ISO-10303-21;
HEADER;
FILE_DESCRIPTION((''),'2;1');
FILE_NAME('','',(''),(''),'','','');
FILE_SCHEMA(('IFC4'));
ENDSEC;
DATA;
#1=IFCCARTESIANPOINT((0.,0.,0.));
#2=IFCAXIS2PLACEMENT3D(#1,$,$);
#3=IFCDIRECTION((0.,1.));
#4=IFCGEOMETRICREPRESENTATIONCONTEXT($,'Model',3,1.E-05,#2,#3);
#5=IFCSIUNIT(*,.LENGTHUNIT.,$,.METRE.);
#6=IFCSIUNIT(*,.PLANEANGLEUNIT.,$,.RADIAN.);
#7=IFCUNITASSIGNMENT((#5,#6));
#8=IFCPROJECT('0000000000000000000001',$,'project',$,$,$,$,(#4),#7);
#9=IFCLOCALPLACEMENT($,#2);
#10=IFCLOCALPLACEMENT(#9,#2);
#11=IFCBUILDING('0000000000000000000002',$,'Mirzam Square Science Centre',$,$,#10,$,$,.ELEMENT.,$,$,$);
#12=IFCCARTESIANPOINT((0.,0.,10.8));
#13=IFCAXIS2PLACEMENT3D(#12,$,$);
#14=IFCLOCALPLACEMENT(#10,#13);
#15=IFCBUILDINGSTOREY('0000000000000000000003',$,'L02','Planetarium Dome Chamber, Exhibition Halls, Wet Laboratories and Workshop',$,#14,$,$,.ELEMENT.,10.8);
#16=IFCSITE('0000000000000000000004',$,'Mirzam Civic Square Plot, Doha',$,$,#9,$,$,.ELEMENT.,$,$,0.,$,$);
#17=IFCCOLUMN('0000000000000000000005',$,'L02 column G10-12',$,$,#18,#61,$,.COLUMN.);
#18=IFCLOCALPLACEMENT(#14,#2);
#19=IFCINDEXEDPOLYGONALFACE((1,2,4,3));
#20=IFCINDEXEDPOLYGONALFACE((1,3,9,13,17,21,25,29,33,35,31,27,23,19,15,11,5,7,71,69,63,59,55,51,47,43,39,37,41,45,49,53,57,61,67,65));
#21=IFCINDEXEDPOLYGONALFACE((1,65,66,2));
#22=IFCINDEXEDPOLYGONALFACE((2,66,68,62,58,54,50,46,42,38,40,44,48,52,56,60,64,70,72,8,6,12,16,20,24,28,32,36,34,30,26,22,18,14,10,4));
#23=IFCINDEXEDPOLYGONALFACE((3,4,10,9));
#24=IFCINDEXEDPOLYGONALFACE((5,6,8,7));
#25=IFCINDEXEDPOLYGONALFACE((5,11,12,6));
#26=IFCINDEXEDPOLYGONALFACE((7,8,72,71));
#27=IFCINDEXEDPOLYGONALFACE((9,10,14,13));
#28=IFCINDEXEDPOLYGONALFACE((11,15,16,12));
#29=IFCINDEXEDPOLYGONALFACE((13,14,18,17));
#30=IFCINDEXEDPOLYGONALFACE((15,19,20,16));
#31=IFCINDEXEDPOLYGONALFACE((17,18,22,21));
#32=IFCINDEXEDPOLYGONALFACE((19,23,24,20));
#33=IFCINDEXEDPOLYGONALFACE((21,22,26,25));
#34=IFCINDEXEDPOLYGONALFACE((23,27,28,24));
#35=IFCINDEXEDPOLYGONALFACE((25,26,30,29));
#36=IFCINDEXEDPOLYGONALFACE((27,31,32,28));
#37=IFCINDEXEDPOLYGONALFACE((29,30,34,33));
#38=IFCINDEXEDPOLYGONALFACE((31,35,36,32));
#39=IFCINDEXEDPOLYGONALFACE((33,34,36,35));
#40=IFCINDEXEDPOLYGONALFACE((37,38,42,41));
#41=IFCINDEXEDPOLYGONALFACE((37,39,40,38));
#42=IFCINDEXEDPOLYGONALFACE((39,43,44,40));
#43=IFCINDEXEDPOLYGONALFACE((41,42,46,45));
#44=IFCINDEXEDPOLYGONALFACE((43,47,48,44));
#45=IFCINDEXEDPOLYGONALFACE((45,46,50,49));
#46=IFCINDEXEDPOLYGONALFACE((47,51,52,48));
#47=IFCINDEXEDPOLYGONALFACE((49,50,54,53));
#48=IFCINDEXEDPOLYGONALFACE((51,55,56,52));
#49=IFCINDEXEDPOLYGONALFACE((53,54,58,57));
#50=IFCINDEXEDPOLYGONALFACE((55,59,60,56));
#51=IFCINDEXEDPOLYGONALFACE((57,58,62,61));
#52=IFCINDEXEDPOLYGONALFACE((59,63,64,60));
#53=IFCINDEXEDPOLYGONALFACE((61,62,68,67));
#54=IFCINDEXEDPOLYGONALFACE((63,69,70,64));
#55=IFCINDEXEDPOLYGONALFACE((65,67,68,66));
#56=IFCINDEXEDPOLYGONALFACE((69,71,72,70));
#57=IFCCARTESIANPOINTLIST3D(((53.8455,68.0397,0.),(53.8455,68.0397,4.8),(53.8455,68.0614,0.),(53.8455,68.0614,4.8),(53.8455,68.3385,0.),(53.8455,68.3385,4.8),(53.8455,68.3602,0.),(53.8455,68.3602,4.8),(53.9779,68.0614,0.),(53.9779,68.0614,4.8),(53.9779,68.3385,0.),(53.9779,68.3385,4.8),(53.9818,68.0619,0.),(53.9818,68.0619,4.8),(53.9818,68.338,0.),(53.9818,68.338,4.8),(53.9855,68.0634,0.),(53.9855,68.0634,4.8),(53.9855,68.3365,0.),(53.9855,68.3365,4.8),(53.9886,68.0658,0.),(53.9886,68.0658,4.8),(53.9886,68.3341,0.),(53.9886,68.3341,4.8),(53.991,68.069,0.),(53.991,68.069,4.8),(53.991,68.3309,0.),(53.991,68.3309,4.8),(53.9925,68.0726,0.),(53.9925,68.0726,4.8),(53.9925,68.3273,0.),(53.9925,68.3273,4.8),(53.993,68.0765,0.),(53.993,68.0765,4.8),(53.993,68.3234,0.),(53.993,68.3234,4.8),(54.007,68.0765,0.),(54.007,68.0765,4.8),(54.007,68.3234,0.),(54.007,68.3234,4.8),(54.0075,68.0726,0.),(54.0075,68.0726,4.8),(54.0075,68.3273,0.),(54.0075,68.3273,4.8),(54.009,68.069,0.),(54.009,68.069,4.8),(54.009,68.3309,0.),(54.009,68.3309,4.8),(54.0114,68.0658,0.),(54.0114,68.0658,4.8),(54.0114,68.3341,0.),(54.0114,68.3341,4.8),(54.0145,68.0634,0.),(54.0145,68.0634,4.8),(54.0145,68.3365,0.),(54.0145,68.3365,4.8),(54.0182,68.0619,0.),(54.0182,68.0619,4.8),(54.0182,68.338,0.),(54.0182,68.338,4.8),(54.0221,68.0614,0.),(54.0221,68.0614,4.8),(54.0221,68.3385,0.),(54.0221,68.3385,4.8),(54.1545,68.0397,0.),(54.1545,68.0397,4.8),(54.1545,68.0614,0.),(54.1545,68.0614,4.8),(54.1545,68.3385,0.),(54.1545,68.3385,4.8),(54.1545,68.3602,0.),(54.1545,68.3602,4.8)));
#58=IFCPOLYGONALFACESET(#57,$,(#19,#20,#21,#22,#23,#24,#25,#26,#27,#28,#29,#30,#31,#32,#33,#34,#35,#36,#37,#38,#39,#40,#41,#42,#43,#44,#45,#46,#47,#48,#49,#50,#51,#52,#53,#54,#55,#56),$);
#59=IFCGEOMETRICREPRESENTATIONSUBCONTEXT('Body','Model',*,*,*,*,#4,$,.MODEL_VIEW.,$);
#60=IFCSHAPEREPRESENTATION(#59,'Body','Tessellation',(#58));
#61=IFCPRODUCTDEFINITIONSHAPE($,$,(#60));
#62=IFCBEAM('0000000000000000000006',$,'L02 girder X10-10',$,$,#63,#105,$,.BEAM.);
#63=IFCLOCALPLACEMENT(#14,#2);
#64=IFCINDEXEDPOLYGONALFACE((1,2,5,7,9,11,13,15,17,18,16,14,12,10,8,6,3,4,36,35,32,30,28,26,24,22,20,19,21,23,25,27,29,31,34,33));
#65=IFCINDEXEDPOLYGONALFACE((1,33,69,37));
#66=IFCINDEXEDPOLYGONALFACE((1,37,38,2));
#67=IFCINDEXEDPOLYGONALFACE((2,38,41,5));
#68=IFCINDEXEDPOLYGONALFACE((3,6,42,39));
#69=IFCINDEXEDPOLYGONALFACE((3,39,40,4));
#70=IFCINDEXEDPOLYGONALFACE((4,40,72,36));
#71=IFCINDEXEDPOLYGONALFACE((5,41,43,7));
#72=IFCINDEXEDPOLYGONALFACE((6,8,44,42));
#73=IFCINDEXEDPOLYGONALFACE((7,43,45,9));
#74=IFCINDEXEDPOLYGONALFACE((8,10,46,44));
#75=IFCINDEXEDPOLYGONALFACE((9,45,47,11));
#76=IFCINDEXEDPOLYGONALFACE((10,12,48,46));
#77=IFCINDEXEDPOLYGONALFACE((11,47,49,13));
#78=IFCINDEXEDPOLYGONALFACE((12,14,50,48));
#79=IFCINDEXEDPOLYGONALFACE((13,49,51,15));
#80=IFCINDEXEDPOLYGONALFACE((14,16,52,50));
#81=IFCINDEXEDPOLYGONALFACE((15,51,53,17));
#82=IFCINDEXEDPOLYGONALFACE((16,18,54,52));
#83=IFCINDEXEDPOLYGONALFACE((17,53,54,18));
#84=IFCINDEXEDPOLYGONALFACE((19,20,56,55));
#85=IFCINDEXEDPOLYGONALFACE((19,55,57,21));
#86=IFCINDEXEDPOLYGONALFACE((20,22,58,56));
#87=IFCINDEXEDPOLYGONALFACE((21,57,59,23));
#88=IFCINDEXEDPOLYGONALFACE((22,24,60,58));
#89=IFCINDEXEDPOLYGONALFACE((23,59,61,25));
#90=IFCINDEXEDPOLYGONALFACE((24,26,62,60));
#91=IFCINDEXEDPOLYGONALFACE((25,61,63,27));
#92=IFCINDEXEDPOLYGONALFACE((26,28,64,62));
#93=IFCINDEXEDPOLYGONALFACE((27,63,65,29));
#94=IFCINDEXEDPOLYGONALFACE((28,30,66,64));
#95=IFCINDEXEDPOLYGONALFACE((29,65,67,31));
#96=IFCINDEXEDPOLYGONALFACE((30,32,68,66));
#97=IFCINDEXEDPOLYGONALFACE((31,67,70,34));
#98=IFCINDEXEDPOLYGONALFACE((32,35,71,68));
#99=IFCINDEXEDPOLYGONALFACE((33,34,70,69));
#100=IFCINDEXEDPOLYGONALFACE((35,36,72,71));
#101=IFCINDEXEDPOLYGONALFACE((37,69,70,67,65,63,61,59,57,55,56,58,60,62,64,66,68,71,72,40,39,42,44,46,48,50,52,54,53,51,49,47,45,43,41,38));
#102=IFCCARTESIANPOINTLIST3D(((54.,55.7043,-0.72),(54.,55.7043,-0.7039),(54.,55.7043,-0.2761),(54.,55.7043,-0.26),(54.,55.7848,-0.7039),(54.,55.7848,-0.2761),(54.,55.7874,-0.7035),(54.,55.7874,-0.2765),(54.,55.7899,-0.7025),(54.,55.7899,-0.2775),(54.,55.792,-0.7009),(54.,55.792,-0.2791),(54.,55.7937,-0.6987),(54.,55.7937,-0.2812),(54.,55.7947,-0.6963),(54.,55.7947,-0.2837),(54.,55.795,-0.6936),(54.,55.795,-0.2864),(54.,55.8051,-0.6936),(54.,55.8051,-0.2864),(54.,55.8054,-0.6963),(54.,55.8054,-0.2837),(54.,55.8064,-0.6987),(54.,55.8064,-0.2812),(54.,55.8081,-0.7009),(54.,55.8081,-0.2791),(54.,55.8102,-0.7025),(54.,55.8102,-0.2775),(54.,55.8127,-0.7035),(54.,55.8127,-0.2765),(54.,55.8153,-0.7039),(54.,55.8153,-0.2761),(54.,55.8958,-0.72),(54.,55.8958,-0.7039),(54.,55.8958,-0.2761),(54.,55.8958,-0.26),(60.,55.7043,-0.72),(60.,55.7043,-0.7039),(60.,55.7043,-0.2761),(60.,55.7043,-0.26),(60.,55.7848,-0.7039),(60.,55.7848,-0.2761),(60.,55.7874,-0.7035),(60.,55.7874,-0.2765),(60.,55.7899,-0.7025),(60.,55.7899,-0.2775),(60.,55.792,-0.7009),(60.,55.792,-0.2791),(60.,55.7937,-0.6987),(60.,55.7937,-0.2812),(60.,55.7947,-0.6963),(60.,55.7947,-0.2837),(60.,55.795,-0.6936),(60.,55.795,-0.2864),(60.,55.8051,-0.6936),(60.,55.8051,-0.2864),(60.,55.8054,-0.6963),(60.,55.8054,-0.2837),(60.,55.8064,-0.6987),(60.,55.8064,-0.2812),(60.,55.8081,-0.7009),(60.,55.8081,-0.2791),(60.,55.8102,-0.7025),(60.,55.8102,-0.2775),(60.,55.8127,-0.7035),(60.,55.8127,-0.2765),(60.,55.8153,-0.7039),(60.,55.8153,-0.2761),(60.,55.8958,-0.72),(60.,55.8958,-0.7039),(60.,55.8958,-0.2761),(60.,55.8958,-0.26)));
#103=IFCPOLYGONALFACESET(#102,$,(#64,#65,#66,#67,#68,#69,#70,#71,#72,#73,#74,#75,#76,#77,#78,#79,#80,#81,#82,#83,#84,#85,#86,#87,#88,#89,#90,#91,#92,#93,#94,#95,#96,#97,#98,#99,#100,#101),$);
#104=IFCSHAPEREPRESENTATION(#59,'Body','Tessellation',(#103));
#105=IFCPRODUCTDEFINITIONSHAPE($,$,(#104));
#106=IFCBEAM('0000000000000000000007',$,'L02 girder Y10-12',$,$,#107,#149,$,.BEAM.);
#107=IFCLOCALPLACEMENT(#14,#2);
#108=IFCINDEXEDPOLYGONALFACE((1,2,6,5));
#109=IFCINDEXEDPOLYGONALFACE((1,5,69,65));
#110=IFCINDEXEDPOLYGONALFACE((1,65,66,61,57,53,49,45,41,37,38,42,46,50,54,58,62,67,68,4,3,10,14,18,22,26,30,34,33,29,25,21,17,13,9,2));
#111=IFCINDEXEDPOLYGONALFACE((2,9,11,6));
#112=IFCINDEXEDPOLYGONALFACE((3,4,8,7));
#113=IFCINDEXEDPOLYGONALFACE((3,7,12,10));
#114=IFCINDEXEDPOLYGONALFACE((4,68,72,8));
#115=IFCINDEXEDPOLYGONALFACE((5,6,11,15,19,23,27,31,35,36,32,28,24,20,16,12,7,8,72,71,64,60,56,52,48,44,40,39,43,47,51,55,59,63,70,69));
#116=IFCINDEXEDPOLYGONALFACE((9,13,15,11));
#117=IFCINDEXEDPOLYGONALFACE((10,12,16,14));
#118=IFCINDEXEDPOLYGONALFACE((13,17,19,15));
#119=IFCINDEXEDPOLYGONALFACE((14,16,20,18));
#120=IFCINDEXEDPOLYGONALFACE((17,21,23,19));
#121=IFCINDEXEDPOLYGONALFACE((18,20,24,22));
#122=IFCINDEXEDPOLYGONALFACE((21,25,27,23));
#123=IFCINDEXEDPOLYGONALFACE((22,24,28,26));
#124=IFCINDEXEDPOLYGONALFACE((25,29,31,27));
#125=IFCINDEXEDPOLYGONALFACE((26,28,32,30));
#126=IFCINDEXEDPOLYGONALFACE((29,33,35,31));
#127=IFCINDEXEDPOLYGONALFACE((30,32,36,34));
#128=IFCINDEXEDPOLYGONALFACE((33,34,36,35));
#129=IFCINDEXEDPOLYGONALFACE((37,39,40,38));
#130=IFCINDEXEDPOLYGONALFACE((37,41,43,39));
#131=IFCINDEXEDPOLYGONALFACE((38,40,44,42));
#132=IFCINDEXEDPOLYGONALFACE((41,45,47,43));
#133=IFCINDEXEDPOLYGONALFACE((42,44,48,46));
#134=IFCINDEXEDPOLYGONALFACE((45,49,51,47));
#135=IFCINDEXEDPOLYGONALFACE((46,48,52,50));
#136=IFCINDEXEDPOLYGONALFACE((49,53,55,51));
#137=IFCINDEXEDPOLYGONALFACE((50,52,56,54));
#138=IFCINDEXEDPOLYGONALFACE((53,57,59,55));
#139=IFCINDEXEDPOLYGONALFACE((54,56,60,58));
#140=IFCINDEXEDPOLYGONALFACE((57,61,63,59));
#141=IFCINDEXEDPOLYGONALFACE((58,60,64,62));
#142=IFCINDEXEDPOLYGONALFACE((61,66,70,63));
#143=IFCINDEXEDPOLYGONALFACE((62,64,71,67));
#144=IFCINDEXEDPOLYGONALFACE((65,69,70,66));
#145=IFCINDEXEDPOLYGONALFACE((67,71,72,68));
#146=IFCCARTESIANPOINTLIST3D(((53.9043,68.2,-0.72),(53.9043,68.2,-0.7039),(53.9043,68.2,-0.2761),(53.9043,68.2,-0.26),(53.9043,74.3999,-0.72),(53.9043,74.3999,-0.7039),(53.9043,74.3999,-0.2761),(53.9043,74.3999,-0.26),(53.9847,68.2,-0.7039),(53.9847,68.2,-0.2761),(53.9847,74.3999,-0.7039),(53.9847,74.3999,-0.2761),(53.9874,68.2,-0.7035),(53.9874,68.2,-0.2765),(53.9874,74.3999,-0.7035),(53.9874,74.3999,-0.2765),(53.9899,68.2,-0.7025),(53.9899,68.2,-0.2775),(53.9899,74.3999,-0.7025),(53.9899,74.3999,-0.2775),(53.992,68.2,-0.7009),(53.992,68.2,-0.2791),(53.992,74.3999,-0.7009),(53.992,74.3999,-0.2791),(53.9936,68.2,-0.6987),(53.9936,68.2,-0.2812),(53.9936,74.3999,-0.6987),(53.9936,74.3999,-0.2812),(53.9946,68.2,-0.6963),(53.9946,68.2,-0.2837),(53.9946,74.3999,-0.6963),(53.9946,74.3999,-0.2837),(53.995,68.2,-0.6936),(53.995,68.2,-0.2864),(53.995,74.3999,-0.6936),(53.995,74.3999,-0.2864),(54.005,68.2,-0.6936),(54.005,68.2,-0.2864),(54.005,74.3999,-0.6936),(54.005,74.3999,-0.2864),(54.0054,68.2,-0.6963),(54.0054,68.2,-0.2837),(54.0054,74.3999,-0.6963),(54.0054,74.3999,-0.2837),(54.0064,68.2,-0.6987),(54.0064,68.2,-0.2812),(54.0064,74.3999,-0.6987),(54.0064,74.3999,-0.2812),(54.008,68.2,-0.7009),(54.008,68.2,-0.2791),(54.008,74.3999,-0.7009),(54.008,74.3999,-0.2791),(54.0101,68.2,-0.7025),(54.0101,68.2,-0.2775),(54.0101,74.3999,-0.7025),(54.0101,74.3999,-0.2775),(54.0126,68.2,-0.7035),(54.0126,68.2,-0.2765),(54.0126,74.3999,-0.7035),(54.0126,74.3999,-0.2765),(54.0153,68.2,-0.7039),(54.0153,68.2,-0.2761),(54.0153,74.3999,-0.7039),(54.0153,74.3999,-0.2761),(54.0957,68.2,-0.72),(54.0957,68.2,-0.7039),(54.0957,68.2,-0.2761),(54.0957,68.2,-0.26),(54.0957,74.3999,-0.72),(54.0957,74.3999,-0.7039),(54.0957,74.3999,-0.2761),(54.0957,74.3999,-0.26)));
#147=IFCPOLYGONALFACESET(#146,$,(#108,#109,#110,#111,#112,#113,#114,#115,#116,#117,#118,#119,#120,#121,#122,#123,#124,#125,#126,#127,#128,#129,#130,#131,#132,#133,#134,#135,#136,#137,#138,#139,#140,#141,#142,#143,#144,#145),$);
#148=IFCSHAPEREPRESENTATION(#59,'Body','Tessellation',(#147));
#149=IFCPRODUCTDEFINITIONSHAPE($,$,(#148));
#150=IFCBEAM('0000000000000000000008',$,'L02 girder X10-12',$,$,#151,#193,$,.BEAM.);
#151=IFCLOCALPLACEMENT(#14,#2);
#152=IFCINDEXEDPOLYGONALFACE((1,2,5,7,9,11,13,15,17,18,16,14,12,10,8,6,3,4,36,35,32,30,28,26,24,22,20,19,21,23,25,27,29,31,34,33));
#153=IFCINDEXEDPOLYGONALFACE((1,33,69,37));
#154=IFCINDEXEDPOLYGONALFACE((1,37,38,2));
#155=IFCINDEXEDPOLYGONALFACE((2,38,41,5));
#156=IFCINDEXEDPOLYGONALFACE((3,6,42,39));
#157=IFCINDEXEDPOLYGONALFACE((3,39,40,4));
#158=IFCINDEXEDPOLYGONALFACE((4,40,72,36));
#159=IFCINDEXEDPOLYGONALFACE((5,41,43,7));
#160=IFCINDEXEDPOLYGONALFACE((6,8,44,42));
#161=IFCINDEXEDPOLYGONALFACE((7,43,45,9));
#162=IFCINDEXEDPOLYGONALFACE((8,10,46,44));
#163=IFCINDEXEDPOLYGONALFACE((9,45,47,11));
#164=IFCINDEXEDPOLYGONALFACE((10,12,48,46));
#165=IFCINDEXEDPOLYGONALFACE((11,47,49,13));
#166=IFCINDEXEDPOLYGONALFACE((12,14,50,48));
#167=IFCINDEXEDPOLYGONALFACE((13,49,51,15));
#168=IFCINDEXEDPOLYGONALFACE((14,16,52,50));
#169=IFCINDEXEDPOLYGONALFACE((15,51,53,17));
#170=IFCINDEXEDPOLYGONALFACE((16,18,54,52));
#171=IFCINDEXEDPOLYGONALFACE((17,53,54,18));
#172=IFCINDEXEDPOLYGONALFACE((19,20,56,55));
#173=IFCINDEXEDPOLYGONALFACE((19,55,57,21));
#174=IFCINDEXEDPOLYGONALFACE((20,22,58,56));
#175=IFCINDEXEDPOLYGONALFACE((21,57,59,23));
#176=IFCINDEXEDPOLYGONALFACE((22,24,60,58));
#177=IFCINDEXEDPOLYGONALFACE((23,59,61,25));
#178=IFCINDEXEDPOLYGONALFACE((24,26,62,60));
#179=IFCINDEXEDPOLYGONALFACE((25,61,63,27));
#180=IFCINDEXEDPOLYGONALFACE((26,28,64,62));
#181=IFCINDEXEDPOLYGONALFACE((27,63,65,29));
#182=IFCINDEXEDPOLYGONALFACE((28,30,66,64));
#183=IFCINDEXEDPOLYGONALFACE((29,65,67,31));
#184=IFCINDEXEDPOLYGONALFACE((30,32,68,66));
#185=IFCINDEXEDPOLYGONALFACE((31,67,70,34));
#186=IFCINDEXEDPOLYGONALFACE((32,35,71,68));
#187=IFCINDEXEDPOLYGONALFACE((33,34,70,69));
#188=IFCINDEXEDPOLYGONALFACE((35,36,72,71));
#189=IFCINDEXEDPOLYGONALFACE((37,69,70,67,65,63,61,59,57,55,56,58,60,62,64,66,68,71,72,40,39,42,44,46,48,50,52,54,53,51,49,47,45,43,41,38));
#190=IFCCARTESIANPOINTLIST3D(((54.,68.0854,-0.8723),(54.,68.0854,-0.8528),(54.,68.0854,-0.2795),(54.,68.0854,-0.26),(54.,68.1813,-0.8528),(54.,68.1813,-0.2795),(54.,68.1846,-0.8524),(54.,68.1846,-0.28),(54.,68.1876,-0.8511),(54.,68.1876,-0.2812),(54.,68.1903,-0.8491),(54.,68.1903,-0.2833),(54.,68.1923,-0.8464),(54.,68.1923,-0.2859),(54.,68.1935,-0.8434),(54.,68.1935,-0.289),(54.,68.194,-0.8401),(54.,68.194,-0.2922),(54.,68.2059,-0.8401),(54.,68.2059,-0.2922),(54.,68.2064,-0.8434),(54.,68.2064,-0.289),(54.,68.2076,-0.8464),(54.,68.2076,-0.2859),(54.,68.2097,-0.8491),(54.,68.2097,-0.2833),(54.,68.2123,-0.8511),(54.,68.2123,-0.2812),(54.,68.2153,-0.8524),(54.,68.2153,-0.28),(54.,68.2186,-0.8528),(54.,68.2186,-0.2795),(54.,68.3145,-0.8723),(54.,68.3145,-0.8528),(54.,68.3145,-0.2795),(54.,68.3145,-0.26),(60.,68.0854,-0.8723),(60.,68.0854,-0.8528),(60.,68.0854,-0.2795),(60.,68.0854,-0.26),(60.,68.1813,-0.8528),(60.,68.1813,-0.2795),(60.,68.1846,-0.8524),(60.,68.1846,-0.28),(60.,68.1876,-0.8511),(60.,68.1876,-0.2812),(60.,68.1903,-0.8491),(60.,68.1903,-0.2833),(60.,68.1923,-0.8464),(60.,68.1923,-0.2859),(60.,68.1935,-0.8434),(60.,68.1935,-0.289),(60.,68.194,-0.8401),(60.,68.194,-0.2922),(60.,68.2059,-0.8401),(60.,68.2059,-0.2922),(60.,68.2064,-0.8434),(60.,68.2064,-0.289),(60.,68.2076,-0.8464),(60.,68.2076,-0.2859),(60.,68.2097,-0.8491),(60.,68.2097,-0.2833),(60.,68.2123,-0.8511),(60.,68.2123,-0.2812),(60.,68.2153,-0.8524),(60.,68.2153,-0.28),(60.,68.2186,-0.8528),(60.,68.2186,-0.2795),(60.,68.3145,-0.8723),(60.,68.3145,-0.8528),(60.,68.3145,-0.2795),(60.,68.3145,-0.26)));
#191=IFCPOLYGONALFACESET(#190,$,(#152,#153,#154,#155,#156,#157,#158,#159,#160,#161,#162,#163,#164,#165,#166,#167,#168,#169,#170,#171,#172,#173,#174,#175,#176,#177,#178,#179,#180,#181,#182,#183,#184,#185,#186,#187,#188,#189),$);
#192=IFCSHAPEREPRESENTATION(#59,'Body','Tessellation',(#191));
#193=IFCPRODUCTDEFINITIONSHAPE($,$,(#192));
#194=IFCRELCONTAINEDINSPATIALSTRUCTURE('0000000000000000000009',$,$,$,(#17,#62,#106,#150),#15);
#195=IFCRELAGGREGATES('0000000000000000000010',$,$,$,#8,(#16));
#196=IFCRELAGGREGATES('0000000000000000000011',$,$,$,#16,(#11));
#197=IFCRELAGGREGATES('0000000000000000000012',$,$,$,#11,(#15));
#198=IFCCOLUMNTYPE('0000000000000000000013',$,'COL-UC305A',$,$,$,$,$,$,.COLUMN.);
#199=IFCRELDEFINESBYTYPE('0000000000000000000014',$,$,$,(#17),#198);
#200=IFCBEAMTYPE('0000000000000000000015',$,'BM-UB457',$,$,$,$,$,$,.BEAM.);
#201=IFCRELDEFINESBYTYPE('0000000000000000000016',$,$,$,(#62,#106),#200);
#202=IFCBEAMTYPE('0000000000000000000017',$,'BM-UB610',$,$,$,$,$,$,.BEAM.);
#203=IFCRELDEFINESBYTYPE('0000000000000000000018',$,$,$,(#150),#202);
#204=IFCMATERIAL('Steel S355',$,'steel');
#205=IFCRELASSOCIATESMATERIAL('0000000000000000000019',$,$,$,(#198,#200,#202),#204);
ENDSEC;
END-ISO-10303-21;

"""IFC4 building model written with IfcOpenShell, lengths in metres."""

from ifc_helpers import new_model, si_unit, direction, frame, origin, origin_2d, place, context, subcontext, project, spatial, i_section, extrude, material, material_profile, profile_set, type_object, element, save


model = new_model("IFC4")

# Units and contexts
model_context = context("Model", 3, precision=1e-05, world=origin(), true_north=direction((0.0, 1.0)))
body_context = subcontext(model_context, "Body", "Model", "MODEL_VIEW")
ifc_project = project(units=[si_unit("LENGTHUNIT", "METRE"), si_unit("PLANEANGLEUNIT", "RADIAN")], contexts=[model_context])

# Site, building, storey
site_placement = place(None, origin())
site = spatial("IfcSite", under=ifc_project, at=site_placement, Name="Mirzam Civic Square Plot, Doha", CompositionType="ELEMENT", RefElevation=0.0)
building_placement = place(site_placement, origin())
building = spatial("IfcBuilding", under=site, at=building_placement, Name="Mirzam Square Science Centre", CompositionType="ELEMENT")
storey_placement = place(building_placement, frame((0.0, 0.0, 10.8)))
storey = spatial("IfcBuildingStorey", under=building, at=storey_placement, Name="L02", Description="Planetarium Dome Chamber, Exhibition Halls, Wet Laboratories and Workshop", CompositionType="ELEMENT", Elevation=10.8)

# Column
ifc_material_1 = material(Name="Steel S355", Category="steel")
ifc_material_profile_1 = material_profile(ifc_material_1, i_section(OverallWidth=0.3091, OverallDepth=0.3206, WebThickness=0.0139, FlangeThickness=0.0217, FilletRadius=0.0151, at=origin_2d()), Name="305x305x137UC")
ifc_profile_set_1 = profile_set([ifc_material_profile_1], Name="Steel S355")
column_type_1 = type_object("IfcColumnType", Name="COL-UC305A", PredefinedType="COLUMN", material=ifc_profile_set_1)
column_1_placement = place(storey_placement, frame((54.0, 68.2, 0.0), z_axis=(0.0, 0.0, 1.0), x_axis=(1.0, 0.0, 0.0)))
element("IfcColumn", 1, at=column_1_placement, inside=storey, type_object=column_type_1, Name="L02 column G10-12", PredefinedType="COLUMN", context=body_context, shape_type="SweptSolid", body=[
    extrude(i_section(OverallWidth=0.3091, OverallDepth=0.3206, WebThickness=0.0139, FlangeThickness=0.0217, FilletRadius=0.0151, at=origin_2d()), origin(), (0.0, 0.0, 1.0), 4.8),
])

# Beams
ifc_material_profile_2 = material_profile(ifc_material_1, i_section(OverallWidth=0.1914, OverallDepth=0.46, WebThickness=0.01, FlangeThickness=0.0161, FilletRadius=0.0103, at=origin_2d()), Name="457x191x82UB")
ifc_profile_set_2 = profile_set([ifc_material_profile_2], Name="Steel S355")
beam_type_1 = type_object("IfcBeamType", Name="BM-UB457", PredefinedType="BEAM", material=ifc_profile_set_2)
beam_1_placement = place(storey_placement, frame((54.0, 55.8, -0.49), z_axis=(1.0, 0.0, 0.0), x_axis=(0.0, 1.0, 0.0)))
element("IfcBeam", 2, at=beam_1_placement, inside=storey, type_object=beam_type_1, Name="L02 girder X10-10", PredefinedType="BEAM", context=body_context, shape_type="SweptSolid", body=[
    extrude(i_section(OverallWidth=0.1914, OverallDepth=0.46, WebThickness=0.01, FlangeThickness=0.0161, FilletRadius=0.0103, at=origin_2d()), origin(), (0.0, 0.0, 1.0), 6.0),
])
beam_2_placement = place(storey_placement, frame((54.0, 68.2, -0.49), z_axis=(0.0, 1.0, 0.0), x_axis=(-1.0, 0.0, 0.0)))
element("IfcBeam", 3, at=beam_2_placement, inside=storey, type_object=beam_type_1, Name="L02 girder Y10-12", PredefinedType="BEAM", context=body_context, shape_type="SweptSolid", body=[
    extrude(i_section(OverallWidth=0.1914, OverallDepth=0.46, WebThickness=0.01, FlangeThickness=0.0161, FilletRadius=0.0103, at=origin_2d()), origin(), (0.0, 0.0, 1.0), 6.2),
])
ifc_material_profile_3 = material_profile(ifc_material_1, i_section(OverallWidth=0.229, OverallDepth=0.6123, WebThickness=0.012, FlangeThickness=0.0195, FilletRadius=0.0127, at=origin_2d()), Name="610x229x125UB")
ifc_profile_set_3 = profile_set([ifc_material_profile_3], Name="Steel S355")
beam_type_2 = type_object("IfcBeamType", Name="BM-UB610", PredefinedType="BEAM", material=ifc_profile_set_3)
beam_3_placement = place(storey_placement, frame((54.0, 68.2, -0.5662), z_axis=(1.0, 0.0, 0.0), x_axis=(0.0, 1.0, 0.0)))
element("IfcBeam", 4, at=beam_3_placement, inside=storey, type_object=beam_type_2, Name="L02 girder X10-12", PredefinedType="BEAM", context=body_context, shape_type="SweptSolid", body=[
    extrude(i_section(OverallWidth=0.229, OverallDepth=0.6123, WebThickness=0.012, FlangeThickness=0.0195, FilletRadius=0.0127, at=origin_2d()), origin(), (0.0, 0.0, 1.0), 6.0),
])

save(model, "model.ifc")
